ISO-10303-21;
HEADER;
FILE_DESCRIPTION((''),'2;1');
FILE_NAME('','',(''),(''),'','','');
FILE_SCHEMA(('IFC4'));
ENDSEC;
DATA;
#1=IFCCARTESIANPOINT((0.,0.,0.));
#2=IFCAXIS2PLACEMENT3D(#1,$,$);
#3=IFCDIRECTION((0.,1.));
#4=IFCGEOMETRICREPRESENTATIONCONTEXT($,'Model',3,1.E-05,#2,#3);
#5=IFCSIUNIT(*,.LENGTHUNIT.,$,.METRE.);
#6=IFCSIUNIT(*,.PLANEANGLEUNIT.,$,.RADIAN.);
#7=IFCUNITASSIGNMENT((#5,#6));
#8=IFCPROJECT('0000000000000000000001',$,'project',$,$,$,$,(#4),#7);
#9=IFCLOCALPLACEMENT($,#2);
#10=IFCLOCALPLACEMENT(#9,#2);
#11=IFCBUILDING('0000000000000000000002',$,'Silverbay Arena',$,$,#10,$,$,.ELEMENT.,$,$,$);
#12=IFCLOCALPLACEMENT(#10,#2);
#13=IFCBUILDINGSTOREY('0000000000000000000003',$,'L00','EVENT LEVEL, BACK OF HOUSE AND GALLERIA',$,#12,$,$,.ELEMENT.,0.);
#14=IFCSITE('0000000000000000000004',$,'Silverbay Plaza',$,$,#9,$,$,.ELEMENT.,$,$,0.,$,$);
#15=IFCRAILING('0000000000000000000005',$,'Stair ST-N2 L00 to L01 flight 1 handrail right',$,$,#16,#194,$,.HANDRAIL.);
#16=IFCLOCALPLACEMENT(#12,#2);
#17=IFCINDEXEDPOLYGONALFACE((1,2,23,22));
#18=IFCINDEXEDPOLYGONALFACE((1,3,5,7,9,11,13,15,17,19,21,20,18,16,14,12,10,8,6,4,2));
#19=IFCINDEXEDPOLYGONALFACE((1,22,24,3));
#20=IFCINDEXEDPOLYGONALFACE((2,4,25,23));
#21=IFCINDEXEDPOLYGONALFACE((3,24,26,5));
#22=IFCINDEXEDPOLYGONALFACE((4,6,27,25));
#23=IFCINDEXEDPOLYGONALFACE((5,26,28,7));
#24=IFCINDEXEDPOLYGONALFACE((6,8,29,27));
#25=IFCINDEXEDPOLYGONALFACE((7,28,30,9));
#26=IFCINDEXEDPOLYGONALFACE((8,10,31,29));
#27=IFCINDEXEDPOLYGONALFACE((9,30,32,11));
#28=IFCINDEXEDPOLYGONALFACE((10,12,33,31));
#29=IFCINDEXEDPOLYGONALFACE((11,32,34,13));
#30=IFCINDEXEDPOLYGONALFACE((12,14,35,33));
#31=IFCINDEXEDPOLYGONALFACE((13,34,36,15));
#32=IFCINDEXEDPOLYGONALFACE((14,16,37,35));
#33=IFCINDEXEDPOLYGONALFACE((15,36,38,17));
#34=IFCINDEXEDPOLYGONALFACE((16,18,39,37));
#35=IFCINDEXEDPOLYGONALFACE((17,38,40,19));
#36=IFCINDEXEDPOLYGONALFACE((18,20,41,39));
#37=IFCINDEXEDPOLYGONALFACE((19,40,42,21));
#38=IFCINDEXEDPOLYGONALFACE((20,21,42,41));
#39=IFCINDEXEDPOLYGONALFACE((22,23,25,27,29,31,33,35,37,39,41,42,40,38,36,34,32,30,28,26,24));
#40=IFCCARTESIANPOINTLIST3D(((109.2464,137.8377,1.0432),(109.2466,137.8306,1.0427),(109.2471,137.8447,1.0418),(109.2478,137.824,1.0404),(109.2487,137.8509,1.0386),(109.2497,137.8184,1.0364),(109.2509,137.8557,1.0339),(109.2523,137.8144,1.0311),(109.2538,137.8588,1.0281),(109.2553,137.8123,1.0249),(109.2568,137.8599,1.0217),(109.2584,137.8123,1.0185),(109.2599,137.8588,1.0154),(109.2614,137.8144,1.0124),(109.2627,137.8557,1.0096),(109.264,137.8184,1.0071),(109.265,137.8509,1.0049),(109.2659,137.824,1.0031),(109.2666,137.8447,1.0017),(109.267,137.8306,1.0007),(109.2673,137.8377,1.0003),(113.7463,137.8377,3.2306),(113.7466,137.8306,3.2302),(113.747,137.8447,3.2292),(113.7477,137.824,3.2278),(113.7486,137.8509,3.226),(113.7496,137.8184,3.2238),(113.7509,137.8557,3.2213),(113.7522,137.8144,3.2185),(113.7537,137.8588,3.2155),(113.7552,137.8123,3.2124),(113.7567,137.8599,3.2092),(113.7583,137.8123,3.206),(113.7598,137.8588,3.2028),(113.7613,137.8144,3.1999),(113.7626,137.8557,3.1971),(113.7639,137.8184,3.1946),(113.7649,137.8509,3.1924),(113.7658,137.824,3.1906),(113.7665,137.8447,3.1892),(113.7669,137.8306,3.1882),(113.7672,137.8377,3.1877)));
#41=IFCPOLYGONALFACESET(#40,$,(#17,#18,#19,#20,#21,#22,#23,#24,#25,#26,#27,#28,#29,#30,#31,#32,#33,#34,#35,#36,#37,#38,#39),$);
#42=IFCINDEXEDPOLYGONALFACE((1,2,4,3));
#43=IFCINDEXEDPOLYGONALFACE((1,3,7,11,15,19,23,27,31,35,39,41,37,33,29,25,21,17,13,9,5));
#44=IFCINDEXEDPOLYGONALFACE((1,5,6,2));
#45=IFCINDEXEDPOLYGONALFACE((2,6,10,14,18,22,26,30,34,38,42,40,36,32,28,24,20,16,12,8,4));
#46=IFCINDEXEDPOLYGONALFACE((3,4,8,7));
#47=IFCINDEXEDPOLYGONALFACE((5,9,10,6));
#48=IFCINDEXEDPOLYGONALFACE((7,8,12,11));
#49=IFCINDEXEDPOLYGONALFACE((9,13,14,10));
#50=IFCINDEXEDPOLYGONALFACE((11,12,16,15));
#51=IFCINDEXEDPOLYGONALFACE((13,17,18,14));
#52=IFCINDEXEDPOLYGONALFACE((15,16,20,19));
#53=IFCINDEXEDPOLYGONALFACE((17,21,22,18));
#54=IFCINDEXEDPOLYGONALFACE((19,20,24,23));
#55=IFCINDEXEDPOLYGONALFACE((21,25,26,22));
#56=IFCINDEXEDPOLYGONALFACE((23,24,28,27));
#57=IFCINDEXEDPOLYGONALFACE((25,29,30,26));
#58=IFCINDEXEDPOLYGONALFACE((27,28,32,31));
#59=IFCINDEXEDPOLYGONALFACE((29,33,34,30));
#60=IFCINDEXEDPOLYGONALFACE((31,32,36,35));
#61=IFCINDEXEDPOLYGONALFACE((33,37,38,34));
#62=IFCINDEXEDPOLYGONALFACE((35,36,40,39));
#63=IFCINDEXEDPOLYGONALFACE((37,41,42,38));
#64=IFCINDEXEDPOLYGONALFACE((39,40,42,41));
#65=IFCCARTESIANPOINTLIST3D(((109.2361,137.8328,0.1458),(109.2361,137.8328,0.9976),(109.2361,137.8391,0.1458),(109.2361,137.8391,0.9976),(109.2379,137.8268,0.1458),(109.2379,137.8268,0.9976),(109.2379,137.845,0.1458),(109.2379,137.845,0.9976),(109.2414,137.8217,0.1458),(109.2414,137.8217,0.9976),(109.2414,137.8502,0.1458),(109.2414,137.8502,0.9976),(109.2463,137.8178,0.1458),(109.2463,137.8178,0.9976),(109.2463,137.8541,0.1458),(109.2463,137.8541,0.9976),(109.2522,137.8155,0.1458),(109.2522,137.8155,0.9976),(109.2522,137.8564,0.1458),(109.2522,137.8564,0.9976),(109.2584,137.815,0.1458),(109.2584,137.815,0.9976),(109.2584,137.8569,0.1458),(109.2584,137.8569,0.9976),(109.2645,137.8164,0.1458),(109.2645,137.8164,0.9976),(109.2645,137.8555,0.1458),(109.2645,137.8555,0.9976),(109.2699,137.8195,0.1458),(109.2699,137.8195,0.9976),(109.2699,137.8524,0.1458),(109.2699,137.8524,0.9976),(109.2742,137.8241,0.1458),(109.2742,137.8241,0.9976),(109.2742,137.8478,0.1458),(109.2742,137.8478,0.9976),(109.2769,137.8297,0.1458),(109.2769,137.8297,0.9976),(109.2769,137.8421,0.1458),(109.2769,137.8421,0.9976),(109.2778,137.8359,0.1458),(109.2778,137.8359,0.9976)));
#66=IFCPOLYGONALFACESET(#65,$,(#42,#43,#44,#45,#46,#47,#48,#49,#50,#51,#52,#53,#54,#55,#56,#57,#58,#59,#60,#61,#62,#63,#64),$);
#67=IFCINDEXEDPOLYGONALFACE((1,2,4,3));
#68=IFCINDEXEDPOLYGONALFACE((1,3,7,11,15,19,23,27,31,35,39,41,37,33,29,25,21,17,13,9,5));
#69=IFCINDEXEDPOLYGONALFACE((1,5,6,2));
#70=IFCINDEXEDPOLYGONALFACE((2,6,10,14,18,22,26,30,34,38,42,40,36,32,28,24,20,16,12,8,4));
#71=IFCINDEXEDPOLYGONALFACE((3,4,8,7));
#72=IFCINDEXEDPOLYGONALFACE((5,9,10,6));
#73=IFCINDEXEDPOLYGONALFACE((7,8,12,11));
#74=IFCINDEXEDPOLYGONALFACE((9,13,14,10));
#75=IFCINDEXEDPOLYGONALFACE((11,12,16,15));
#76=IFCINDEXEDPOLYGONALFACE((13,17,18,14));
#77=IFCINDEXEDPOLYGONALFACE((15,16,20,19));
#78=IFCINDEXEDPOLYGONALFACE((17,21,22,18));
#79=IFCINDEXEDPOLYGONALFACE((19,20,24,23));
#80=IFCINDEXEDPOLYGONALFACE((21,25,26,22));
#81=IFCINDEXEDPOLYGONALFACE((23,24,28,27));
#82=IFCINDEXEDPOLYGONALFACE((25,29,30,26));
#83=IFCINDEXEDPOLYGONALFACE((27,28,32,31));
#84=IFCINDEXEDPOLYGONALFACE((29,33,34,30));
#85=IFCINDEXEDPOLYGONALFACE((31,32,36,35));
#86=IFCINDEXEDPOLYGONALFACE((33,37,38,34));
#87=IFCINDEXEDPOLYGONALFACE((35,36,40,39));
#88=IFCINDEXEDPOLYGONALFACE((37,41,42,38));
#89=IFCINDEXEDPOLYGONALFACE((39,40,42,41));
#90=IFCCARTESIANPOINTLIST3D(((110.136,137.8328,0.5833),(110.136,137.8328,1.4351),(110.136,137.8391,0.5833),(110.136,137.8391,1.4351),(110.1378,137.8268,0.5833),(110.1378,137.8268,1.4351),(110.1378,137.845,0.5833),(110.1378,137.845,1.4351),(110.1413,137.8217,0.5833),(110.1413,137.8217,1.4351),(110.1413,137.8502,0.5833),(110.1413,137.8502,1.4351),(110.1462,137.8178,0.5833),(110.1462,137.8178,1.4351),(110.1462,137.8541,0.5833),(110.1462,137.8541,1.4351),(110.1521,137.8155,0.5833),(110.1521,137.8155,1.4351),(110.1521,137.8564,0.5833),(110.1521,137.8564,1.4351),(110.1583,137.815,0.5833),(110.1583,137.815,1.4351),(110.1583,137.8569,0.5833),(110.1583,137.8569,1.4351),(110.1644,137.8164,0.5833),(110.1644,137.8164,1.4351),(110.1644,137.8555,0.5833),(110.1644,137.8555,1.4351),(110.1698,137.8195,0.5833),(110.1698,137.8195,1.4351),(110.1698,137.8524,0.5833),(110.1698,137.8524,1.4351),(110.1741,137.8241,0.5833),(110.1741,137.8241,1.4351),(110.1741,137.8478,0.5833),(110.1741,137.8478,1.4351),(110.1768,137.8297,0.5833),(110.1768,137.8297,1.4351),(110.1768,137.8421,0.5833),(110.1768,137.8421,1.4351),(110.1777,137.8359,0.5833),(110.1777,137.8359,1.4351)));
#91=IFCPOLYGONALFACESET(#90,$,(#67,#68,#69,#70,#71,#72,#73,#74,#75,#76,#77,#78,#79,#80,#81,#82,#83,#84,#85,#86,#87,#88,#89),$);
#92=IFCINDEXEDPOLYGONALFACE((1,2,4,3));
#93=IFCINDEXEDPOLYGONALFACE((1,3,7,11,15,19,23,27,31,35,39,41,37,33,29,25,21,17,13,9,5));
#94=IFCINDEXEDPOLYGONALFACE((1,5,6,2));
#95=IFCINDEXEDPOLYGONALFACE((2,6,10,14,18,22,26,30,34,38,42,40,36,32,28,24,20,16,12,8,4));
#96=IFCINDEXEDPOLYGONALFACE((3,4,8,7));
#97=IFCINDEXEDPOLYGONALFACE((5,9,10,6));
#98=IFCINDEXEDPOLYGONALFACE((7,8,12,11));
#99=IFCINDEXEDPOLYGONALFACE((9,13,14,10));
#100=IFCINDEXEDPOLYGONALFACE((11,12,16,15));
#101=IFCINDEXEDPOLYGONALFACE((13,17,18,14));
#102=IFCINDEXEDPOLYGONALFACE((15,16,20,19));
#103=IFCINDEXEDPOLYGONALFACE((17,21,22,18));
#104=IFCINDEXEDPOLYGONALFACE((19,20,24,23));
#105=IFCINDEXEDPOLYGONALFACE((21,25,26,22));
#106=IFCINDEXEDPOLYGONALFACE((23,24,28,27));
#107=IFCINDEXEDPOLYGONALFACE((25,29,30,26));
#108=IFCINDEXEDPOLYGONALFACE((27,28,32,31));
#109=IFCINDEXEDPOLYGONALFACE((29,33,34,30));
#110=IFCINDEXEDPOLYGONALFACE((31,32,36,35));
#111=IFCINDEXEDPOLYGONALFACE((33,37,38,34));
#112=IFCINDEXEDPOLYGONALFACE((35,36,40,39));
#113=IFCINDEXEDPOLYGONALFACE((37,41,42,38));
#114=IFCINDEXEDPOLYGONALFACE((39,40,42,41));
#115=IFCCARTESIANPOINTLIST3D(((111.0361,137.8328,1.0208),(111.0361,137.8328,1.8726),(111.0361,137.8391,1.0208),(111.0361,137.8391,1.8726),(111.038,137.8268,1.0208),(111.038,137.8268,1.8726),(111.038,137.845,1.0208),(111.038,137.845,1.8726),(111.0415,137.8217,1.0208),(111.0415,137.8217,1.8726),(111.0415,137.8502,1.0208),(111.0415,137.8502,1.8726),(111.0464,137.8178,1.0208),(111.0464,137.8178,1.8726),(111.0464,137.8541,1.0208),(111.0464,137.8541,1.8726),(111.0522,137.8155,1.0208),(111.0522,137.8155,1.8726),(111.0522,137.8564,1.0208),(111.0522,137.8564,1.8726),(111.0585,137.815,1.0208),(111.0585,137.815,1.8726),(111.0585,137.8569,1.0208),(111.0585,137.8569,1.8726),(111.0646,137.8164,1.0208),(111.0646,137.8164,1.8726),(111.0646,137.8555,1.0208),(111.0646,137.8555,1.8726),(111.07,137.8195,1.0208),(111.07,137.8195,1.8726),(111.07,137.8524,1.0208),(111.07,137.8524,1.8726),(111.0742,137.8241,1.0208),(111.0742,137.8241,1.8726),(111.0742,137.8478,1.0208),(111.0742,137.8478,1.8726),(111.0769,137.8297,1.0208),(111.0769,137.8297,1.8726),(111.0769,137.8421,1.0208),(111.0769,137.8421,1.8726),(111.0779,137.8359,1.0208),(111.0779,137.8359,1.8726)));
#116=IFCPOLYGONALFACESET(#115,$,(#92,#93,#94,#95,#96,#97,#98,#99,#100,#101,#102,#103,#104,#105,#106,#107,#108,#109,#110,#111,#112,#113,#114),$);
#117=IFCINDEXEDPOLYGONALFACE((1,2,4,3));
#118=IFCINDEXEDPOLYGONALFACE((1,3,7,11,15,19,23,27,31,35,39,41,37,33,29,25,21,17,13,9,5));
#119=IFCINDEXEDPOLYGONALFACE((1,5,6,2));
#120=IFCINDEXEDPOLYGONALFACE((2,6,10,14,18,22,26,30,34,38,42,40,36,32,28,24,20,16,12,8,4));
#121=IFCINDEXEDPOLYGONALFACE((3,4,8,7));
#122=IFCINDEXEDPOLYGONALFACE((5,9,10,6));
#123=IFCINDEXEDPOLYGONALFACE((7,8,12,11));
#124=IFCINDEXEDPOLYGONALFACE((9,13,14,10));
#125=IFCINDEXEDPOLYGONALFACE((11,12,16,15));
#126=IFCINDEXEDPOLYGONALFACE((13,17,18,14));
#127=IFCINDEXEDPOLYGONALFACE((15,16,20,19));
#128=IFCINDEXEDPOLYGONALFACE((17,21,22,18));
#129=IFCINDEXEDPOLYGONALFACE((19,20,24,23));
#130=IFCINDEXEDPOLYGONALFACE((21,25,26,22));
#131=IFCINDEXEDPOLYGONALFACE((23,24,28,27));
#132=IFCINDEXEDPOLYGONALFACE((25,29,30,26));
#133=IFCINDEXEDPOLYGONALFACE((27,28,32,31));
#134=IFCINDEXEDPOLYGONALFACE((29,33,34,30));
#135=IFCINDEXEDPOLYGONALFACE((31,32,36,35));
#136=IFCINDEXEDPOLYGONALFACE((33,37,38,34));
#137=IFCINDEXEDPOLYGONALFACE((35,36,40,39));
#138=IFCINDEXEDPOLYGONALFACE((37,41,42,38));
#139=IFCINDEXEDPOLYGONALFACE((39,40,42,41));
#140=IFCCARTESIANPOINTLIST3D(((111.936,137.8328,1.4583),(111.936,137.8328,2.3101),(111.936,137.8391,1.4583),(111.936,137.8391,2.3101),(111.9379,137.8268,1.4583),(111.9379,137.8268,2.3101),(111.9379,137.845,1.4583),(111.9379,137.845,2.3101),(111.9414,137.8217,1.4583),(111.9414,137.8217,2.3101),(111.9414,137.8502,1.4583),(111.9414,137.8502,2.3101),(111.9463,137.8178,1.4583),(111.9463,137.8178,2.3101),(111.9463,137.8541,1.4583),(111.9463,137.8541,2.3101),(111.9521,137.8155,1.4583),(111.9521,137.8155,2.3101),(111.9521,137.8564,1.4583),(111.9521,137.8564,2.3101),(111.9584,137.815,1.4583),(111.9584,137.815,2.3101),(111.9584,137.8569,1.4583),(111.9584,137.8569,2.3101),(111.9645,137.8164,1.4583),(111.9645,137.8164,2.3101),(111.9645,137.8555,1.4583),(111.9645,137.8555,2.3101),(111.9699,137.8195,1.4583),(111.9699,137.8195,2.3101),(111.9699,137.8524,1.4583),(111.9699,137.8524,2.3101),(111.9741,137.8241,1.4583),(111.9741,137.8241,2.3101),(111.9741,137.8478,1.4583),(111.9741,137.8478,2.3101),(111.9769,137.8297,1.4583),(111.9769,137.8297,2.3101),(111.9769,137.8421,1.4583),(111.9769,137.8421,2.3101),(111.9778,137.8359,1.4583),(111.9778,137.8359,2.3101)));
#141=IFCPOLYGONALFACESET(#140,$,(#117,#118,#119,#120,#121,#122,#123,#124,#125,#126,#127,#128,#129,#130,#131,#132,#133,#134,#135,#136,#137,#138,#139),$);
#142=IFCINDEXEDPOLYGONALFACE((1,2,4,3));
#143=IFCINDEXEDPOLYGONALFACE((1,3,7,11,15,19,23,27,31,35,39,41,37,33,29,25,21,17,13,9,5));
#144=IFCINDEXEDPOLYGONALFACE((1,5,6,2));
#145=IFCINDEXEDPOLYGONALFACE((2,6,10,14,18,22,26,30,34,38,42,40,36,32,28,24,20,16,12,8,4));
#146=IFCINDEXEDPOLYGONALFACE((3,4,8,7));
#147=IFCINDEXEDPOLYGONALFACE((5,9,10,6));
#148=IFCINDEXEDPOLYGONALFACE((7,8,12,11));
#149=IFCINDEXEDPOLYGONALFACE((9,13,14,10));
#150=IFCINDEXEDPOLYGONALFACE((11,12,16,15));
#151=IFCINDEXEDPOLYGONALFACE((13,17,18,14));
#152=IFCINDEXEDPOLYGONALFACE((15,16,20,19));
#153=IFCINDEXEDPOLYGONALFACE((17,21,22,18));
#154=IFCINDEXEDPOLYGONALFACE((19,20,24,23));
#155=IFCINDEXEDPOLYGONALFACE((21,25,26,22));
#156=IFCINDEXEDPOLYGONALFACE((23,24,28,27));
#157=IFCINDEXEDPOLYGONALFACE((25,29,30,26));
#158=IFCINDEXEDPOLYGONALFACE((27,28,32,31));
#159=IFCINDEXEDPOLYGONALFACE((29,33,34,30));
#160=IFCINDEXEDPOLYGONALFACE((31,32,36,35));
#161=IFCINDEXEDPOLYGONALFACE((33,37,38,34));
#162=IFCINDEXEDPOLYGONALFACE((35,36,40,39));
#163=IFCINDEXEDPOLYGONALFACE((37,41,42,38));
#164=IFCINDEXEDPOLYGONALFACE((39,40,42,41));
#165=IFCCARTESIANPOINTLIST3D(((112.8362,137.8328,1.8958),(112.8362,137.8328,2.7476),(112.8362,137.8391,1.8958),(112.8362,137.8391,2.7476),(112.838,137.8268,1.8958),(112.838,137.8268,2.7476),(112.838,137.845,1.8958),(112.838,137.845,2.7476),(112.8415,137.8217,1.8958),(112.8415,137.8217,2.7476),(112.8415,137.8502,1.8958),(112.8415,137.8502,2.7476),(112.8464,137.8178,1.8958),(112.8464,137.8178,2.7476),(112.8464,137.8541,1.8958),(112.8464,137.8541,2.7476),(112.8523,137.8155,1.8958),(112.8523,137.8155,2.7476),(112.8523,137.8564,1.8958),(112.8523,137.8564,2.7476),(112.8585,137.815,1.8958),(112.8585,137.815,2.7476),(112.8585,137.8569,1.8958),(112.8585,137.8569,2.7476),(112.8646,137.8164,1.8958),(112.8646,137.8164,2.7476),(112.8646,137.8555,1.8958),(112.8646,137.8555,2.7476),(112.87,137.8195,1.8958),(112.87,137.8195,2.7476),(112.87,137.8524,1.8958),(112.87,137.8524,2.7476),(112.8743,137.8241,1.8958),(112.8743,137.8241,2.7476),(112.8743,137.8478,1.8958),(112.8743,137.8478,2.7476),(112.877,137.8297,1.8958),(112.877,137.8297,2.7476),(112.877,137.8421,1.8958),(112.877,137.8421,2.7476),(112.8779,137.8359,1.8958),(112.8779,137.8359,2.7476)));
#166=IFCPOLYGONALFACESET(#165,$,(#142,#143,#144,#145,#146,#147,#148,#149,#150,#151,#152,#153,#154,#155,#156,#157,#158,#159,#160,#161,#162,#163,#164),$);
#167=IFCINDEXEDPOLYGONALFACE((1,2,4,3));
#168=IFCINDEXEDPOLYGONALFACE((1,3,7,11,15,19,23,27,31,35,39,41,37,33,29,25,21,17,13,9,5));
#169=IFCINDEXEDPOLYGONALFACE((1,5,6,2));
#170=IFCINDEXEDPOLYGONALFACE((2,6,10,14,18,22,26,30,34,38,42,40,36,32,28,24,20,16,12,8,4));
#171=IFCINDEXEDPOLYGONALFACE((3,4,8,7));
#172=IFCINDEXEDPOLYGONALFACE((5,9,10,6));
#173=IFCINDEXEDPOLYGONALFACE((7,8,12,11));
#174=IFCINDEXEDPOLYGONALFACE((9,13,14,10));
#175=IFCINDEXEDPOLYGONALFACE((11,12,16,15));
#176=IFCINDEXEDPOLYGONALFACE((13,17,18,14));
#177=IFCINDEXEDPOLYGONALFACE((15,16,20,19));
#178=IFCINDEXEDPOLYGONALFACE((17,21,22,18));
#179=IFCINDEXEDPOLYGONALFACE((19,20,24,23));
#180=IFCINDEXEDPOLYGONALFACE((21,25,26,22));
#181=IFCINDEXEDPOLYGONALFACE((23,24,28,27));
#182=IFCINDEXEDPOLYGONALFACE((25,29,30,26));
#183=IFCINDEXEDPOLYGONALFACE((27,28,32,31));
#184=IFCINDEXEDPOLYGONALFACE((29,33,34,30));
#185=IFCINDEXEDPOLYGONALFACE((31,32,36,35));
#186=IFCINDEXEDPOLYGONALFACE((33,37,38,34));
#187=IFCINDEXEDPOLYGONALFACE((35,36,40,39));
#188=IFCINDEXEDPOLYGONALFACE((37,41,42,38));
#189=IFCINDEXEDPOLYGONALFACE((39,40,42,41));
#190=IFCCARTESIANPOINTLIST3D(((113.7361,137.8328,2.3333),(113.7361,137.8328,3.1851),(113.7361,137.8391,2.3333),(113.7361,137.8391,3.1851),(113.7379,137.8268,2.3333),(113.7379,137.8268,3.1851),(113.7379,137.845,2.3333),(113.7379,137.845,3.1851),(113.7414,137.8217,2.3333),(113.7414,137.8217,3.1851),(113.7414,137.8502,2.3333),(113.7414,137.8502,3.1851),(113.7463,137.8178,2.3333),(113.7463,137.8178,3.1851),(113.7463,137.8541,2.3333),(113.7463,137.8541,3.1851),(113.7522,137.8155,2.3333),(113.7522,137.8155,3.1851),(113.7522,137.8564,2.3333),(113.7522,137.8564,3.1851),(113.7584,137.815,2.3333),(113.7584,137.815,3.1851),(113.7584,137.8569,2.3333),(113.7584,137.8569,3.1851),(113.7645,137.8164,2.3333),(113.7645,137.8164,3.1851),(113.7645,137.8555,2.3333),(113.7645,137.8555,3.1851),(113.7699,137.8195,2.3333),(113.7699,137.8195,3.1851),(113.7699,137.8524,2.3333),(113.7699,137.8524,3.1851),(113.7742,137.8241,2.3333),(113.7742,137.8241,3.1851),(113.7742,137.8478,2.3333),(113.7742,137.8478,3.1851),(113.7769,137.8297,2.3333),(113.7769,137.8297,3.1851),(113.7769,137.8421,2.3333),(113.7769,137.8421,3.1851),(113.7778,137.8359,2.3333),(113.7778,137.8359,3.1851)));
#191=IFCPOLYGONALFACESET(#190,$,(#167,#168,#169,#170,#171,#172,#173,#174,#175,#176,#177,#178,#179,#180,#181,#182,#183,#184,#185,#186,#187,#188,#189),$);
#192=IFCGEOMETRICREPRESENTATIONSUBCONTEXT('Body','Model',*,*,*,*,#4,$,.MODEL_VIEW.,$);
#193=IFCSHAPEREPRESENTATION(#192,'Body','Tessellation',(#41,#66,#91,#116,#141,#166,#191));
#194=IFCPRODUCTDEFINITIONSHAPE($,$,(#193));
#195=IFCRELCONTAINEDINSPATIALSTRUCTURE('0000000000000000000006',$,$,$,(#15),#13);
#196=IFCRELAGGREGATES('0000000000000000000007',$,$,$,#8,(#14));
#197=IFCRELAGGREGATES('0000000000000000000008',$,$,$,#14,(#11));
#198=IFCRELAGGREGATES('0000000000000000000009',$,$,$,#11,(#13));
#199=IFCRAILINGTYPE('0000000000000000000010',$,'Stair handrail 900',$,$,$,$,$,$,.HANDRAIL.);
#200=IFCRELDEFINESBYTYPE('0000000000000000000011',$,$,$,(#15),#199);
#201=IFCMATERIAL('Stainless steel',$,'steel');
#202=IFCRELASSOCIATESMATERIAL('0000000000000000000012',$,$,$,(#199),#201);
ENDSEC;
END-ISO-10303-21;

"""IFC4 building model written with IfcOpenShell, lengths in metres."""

from ifc_helpers import new_model, si_unit, direction, frame, origin, origin_2d, place, context, subcontext, project, spatial, circle, extrude, material, type_object, element, save


model = new_model("IFC4")

# Units and contexts
model_context = context("Model", 3, precision=1e-05, world=origin(), true_north=direction((0.0, 1.0)))
body_context = subcontext(model_context, "Body", "Model", "MODEL_VIEW")
ifc_project = project(units=[si_unit("LENGTHUNIT", "METRE"), si_unit("PLANEANGLEUNIT", "RADIAN")], contexts=[model_context])

# Site, building, storey
site_placement = place(None, origin())
site = spatial("IfcSite", under=ifc_project, at=site_placement, Name="Silverbay Plaza", CompositionType="ELEMENT", RefElevation=0.0)
building_placement = place(site_placement, origin())
building = spatial("IfcBuilding", under=site, at=building_placement, Name="Silverbay Arena", CompositionType="ELEMENT")
storey_placement = place(building_placement, origin())
storey = spatial("IfcBuildingStorey", under=building, at=storey_placement, Name="L00", Description="EVENT LEVEL, BACK OF HOUSE AND GALLERIA", CompositionType="ELEMENT", Elevation=0.0)

# Railing
ifc_material_1 = material(Name="Stainless steel", Category="steel")
railing_type_1 = type_object("IfcRailingType", Name="Stair handrail 900", PredefinedType="HANDRAIL", material=ifc_material_1)
for number, where, name in (
    (1, (109.2568, 137.8359, 0.1458), "Stair ST-N2 L00 to L01 flight 1 handrail right"),
):
    element("IfcRailing", number, at=place(storey_placement, frame(where)), inside=storey, type_object=railing_type_1, Name=name, PredefinedType="HANDRAIL", context=body_context, shape_type="SweptSolid", body=[
        extrude(circle(Radius=0.0239, at=origin_2d()), frame((0.0, 0.0, 0.876), z_axis=(0.899368, 0.0, 0.437193), x_axis=(0.0, 1.0, 0.0)), (0.0, 0.0, 1.0), 5.0034),
        extrude(circle(Radius=0.021, at=origin_2d()), origin(), (0.0, 0.0, 1.0), 0.8518),
        extrude(circle(Radius=0.021, at=origin_2d()), frame((0.8999, 0.0, 0.4375)), (0.0, 0.0, 1.0), 0.8518),
        extrude(circle(Radius=0.021, at=origin_2d()), frame((1.8, 0.0, 0.875)), (0.0, 0.0, 1.0), 0.8518),
        extrude(circle(Radius=0.021, at=origin_2d()), frame((2.7, 0.0, 1.3125)), (0.0, 0.0, 1.0), 0.8518),
        extrude(circle(Radius=0.021, at=origin_2d()), frame((3.6001, 0.0, 1.75)), (0.0, 0.0, 1.0), 0.8518),
        extrude(circle(Radius=0.021, at=origin_2d()), frame((4.5, 0.0, 2.1875)), (0.0, 0.0, 1.0), 0.8518),
    ])

save(model, "model.ifc")
